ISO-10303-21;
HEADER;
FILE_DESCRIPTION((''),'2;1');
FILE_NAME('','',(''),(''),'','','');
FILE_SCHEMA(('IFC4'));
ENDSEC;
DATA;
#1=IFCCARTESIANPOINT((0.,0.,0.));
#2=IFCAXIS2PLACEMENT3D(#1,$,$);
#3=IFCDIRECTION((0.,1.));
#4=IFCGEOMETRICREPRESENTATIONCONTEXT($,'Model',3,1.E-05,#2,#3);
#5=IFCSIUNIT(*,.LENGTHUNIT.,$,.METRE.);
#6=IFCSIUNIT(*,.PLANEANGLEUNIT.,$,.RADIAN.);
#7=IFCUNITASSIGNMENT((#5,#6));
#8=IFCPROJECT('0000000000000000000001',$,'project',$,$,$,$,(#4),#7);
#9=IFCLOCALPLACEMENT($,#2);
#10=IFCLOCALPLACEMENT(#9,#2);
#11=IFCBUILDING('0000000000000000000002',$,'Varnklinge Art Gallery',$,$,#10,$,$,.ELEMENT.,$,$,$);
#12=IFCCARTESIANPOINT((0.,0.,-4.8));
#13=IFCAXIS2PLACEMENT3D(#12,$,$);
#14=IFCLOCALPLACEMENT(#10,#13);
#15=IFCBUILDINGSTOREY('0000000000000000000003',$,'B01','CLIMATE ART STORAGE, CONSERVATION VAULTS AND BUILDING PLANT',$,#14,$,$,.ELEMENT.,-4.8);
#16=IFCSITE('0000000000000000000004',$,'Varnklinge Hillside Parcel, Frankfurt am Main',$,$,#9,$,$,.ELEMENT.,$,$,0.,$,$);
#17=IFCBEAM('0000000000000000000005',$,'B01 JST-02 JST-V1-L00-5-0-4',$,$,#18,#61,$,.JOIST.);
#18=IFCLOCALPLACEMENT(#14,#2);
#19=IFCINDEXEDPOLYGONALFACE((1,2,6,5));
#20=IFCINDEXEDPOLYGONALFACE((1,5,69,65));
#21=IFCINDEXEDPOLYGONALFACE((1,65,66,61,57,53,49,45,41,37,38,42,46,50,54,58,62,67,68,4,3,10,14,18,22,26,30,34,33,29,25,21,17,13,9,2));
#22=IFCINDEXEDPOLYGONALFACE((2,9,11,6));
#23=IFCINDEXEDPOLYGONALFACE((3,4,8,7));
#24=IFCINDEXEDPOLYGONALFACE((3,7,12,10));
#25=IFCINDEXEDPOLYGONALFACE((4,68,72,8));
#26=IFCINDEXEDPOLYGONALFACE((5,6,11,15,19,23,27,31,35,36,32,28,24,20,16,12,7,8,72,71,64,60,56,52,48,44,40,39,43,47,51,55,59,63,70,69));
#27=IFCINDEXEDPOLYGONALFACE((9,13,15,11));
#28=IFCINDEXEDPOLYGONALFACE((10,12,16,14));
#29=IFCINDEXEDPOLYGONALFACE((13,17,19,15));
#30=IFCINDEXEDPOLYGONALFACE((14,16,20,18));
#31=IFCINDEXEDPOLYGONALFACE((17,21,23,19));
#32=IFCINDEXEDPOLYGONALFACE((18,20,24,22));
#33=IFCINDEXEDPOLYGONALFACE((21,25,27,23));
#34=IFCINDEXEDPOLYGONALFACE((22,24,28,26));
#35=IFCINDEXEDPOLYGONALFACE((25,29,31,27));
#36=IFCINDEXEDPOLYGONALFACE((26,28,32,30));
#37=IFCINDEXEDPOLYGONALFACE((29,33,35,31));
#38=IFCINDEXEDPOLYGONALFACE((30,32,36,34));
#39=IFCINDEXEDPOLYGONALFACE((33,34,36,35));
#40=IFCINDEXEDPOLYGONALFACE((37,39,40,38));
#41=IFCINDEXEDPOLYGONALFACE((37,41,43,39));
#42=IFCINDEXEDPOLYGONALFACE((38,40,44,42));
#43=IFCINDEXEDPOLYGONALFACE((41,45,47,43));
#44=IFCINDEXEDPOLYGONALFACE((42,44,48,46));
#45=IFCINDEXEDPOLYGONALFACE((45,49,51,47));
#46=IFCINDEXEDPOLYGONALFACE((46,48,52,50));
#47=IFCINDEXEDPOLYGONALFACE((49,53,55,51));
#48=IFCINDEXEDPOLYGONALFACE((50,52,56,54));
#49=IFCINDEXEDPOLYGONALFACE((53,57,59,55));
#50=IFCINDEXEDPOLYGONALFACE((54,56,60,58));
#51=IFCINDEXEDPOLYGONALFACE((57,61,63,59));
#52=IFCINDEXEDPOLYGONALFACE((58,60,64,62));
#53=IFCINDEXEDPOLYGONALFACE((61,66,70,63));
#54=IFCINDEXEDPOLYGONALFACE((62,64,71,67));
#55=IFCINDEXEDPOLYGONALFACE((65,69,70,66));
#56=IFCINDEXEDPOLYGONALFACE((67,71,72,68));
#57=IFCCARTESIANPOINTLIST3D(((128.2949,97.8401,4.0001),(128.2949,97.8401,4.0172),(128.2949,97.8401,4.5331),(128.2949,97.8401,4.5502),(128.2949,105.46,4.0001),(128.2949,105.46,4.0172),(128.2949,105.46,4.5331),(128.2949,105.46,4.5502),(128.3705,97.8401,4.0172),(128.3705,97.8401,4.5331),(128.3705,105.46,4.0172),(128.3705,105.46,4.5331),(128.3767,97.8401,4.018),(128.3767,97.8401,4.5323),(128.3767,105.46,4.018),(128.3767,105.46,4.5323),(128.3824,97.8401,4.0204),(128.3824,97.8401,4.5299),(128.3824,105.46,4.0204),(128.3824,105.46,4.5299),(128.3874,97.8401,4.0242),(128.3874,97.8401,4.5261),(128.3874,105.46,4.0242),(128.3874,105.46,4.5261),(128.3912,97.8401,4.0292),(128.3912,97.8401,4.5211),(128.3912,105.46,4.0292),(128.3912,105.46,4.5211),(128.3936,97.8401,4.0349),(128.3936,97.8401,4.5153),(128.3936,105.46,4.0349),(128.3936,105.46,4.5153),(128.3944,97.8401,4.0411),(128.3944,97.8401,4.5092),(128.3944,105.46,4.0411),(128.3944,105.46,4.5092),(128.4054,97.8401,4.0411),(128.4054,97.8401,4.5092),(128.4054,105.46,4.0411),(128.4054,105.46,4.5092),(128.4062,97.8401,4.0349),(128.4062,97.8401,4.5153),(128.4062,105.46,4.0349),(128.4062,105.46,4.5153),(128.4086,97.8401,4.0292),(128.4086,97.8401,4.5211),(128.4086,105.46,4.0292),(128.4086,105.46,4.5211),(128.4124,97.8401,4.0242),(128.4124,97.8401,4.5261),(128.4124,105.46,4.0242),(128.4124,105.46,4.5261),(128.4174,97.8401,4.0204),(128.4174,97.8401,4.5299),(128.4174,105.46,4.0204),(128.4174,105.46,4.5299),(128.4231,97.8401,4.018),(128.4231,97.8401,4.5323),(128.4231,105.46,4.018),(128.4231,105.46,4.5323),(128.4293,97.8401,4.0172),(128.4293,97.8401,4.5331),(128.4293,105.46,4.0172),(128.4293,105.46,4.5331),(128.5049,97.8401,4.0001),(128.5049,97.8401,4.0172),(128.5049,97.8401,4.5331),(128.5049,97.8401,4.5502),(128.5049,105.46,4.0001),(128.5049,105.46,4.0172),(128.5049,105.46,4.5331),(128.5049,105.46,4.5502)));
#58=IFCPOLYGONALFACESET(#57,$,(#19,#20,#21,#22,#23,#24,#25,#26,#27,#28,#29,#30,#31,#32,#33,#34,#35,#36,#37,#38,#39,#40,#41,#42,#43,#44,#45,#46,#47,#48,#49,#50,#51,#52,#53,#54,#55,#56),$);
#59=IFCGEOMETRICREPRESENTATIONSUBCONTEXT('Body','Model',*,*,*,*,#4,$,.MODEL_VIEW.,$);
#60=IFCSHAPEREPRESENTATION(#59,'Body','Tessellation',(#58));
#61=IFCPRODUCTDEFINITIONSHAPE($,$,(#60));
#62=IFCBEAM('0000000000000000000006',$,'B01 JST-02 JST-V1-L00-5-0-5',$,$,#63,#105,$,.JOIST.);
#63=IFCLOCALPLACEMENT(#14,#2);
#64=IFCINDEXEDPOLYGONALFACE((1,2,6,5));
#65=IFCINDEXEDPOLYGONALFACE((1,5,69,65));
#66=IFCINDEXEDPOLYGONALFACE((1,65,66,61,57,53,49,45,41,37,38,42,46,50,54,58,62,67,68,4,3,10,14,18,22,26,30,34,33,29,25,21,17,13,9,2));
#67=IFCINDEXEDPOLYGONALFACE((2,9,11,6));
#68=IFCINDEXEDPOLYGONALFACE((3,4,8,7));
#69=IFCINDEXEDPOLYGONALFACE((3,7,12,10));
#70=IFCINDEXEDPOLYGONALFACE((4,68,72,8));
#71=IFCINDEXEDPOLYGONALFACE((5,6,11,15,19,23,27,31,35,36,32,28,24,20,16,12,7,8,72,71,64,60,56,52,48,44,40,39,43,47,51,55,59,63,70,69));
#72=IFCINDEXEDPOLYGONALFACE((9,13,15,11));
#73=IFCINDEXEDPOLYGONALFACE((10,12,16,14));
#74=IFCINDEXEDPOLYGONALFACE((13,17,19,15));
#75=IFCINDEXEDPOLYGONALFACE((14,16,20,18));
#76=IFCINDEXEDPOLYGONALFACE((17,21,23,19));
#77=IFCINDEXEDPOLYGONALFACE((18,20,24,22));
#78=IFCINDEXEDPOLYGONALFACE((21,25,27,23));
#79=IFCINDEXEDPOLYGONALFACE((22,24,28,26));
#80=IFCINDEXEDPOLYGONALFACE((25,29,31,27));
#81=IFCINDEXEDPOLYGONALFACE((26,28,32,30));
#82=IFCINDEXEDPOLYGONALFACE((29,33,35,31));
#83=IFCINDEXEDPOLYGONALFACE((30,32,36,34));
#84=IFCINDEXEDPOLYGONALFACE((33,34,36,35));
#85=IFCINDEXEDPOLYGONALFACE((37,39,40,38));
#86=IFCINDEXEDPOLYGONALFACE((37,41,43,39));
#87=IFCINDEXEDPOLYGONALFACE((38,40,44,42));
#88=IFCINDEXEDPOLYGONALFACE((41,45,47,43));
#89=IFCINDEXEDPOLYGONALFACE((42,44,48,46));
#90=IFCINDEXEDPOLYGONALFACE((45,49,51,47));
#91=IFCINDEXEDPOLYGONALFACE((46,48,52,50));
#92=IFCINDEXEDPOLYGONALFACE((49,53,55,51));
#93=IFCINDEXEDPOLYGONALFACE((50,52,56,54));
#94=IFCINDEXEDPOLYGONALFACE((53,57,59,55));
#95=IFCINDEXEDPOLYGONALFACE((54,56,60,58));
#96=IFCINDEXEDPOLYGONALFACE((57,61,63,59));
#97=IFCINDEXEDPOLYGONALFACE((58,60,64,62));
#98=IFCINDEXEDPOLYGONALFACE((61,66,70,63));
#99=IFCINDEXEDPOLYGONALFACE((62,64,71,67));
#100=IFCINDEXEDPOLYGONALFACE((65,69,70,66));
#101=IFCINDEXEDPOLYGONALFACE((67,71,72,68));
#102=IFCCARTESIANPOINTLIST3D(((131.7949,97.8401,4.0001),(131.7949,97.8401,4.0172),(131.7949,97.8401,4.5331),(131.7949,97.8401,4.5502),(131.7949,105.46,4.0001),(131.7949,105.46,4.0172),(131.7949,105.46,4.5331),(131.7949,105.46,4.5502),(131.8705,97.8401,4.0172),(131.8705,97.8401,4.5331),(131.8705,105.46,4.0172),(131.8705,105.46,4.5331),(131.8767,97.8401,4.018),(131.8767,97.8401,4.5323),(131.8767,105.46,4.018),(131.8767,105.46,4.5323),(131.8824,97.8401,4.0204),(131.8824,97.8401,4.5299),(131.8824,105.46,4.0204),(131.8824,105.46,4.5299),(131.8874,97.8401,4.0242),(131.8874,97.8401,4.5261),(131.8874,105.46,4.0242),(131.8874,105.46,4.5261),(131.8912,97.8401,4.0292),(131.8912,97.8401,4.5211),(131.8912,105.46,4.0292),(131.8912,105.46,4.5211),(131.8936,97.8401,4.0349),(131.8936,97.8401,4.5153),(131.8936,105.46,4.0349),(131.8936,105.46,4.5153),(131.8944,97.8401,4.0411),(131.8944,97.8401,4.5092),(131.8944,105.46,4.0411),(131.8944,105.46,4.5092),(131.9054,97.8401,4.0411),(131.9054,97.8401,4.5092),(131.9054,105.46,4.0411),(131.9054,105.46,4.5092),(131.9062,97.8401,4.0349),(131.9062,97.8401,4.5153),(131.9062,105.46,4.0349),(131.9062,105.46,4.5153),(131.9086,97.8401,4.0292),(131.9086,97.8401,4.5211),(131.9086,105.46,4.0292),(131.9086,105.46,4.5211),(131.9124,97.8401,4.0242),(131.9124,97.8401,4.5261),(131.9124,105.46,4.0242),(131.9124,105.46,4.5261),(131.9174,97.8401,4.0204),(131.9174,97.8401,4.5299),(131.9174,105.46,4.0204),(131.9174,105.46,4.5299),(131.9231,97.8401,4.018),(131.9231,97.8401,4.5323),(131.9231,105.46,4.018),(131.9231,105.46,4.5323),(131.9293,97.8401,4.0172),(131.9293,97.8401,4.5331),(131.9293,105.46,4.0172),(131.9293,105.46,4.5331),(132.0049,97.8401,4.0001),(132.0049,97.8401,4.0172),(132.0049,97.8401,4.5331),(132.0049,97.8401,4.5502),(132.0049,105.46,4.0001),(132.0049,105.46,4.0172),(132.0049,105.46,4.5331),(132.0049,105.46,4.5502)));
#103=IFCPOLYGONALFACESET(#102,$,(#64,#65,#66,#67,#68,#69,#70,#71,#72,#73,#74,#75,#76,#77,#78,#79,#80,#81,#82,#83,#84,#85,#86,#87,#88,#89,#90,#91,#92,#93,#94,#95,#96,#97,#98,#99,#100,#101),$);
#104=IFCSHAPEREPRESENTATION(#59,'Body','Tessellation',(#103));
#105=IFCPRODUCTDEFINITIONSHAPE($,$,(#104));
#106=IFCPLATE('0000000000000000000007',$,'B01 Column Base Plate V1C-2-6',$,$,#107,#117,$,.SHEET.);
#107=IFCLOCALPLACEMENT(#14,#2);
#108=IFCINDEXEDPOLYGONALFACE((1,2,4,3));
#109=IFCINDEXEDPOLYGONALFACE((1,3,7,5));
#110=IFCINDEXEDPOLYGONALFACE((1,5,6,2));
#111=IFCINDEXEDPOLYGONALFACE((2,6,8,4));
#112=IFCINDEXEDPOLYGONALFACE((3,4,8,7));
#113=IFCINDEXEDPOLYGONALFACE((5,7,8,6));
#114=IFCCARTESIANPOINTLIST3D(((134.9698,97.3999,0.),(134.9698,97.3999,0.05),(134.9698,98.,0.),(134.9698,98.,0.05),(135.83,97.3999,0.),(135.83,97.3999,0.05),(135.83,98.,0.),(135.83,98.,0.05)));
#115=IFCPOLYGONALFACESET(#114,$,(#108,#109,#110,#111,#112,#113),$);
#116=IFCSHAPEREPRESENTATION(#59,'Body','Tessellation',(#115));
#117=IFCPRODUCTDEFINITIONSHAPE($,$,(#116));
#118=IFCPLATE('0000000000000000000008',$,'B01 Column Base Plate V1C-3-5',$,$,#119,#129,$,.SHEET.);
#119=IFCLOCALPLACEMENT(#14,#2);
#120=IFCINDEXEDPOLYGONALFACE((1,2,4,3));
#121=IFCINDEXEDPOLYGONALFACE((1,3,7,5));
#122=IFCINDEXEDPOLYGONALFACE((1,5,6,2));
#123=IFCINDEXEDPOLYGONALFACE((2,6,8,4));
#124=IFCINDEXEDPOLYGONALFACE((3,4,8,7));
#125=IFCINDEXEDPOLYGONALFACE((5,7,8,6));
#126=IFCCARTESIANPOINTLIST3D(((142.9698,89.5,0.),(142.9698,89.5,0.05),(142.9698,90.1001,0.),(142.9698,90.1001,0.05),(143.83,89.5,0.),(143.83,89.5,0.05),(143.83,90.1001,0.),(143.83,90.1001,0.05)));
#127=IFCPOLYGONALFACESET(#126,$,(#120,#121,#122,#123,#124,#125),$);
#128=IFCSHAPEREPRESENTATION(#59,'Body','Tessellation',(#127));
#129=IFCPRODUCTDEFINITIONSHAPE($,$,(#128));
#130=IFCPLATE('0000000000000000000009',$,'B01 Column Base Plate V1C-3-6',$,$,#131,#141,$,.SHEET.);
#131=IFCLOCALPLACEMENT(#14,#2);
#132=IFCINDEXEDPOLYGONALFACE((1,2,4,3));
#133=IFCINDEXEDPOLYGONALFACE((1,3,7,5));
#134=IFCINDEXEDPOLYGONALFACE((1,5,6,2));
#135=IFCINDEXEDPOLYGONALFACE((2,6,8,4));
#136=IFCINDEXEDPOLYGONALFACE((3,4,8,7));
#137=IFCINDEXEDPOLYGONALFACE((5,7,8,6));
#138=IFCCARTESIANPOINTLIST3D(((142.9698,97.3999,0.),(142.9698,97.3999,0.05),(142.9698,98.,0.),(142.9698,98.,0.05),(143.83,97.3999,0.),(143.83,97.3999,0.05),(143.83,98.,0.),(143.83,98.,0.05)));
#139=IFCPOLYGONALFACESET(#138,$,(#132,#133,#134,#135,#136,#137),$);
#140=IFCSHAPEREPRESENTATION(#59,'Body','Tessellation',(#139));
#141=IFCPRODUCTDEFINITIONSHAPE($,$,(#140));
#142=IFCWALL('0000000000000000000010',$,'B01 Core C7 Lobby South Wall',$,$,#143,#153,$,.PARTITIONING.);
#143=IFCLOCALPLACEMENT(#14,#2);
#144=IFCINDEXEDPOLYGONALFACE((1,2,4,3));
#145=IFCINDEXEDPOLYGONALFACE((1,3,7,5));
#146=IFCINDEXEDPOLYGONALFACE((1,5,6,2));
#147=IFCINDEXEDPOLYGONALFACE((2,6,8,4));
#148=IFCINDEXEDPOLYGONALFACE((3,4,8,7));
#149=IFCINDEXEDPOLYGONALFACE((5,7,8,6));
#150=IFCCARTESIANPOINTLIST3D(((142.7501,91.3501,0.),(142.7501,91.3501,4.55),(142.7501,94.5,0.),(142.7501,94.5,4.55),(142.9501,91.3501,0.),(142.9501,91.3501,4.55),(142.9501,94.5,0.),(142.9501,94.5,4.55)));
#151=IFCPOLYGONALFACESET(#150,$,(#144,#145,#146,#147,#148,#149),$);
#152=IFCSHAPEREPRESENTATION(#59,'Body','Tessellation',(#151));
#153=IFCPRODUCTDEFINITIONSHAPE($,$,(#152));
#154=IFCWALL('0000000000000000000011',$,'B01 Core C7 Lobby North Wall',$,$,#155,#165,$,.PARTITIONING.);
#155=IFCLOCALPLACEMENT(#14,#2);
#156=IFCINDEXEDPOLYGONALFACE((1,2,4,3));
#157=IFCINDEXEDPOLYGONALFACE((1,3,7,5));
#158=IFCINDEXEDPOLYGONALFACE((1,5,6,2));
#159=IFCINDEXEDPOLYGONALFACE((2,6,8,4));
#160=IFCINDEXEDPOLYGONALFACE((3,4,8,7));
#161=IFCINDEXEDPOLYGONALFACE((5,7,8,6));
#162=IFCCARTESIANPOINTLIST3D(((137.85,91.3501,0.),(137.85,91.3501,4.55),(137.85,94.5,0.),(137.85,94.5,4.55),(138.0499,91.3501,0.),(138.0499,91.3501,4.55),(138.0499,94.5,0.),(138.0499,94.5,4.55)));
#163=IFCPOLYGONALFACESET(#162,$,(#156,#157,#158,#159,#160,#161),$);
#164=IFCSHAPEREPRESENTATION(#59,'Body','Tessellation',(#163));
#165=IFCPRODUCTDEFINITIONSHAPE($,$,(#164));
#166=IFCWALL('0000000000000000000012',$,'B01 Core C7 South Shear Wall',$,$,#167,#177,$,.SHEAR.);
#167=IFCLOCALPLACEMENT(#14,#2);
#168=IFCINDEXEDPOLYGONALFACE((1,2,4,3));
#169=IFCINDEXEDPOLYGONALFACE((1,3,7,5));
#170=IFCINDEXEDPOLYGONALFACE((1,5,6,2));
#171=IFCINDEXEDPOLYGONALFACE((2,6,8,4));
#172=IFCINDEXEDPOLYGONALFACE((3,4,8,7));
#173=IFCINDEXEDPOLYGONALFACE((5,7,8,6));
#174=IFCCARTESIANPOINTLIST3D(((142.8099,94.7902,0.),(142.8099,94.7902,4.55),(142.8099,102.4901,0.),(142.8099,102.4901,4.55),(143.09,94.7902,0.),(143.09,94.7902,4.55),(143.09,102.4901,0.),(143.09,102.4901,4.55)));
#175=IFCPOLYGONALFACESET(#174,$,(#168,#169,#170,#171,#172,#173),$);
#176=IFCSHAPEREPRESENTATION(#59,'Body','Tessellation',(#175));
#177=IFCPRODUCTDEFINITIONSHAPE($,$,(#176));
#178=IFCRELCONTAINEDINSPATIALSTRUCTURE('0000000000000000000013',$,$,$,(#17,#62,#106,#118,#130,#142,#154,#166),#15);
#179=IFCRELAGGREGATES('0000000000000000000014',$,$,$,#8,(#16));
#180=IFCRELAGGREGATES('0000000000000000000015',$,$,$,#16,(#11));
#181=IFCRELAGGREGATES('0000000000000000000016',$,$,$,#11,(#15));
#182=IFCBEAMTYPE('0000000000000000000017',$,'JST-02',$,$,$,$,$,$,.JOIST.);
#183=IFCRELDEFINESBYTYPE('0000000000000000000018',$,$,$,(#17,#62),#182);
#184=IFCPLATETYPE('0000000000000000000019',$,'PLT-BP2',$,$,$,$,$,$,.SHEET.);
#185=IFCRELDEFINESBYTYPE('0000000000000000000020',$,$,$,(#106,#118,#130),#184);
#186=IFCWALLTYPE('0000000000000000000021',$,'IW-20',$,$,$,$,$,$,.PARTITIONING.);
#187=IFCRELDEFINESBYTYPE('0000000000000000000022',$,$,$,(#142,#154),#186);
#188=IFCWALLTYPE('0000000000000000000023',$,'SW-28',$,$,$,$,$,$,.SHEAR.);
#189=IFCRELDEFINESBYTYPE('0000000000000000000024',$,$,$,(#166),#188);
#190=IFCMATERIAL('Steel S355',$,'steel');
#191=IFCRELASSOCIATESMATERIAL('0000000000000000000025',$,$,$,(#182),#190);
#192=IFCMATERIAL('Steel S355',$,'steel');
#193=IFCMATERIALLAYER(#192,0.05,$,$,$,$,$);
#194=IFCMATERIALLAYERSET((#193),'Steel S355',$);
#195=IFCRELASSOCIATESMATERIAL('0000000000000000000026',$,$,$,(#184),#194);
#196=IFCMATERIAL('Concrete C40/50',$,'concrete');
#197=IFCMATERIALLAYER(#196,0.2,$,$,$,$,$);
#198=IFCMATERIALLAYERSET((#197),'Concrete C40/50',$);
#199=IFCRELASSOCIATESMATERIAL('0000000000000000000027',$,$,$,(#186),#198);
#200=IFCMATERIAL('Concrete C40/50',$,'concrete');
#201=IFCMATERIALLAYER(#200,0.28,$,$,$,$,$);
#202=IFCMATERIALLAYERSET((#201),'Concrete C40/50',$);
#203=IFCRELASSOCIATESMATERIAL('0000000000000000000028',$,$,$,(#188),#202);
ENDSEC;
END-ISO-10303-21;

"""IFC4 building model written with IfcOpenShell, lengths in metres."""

from ifc_helpers import new_model, si_unit, direction, frame, frame_2d, origin, origin_2d, place, context, subcontext, project, spatial, rectangle, i_section, extrude, material, layer, layer_set, material_profile, profile_set, type_object, element, save


model = new_model("IFC4")

# Units and contexts
model_context = context("Model", 3, precision=1e-05, world=origin(), true_north=direction((0.0, 1.0)))
body_context = subcontext(model_context, "Body", "Model", "MODEL_VIEW")
ifc_project = project(units=[si_unit("LENGTHUNIT", "METRE"), si_unit("PLANEANGLEUNIT", "RADIAN")], contexts=[model_context])

# Site, building, storey
site_placement = place(None, origin())
site = spatial("IfcSite", under=ifc_project, at=site_placement, Name="Varnklinge Hillside Parcel, Frankfurt am Main", CompositionType="ELEMENT", RefElevation=0.0)
building_placement = place(site_placement, origin())
building = spatial("IfcBuilding", under=site, at=building_placement, Name="Varnklinge Art Gallery", CompositionType="ELEMENT")
storey_placement = place(building_placement, frame((0.0, 0.0, -4.8)))
storey = spatial("IfcBuildingStorey", under=building, at=storey_placement, Name="B01", Description="CLIMATE ART STORAGE, CONSERVATION VAULTS AND BUILDING PLANT", CompositionType="ELEMENT", Elevation=-4.8)

# Beams
ifc_material_1 = material(Name="Steel S355", Category="steel")
ifc_material_profile_1 = material_profile(ifc_material_1, i_section(OverallWidth=0.21, OverallDepth=0.55, WebThickness=0.011, FlangeThickness=0.0171, FilletRadius=0.0239, at=origin_2d()), Name="IPE 550")
ifc_profile_set_1 = profile_set([ifc_material_profile_1], Name="Steel S355")
beam_type_1 = type_object("IfcBeamType", Name="JST-02", PredefinedType="JOIST", material=ifc_profile_set_1)
for number, where, z_axis, x_axis, name in (
    (1, (128.3999, 97.8401, 4.2751), (0.0, 1.0, 0.0), (-1.0, 0.0, 0.0), "B01 JST-02 JST-V1-L00-5-0-4"),
    (2, (131.8999, 97.8401, 4.2751), (0.0, 1.0, 0.0), (-1.0, 0.0, 0.0), "B01 JST-02 JST-V1-L00-5-0-5"),
):
    element("IfcBeam", number, at=place(storey_placement, frame(where, z_axis=z_axis, x_axis=x_axis)), inside=storey, type_object=beam_type_1, Name=name, PredefinedType="JOIST", context=body_context, shape_type="SweptSolid", body=[
        extrude(i_section(OverallWidth=0.21, OverallDepth=0.55, WebThickness=0.011, FlangeThickness=0.0171, FilletRadius=0.0239, at=origin_2d()), origin(), (0.0, 0.0, 1.0), 7.6199),
    ])

# Plates
ifc_material_2 = material(Name="Steel S355", Category="steel")
ifc_layer_1 = layer(ifc_material_2, 0.05)
ifc_layer_set_1 = layer_set([ifc_layer_1], Name="Steel S355")
plate_type = type_object("IfcPlateType", Name="PLT-BP2", PredefinedType="SHEET", material=ifc_layer_set_1)
for number, where, z_axis, x_axis, name in (
    (3, (135.3999, 97.7, 0.0), (0.0, 0.0, 1.0), (1.0, 0.0, 0.0), "B01 Column Base Plate V1C-2-6"),
    (4, (143.3999, 89.8, 0.0), (0.0, 0.0, 1.0), (1.0, 0.0, 0.0), "B01 Column Base Plate V1C-3-5"),
    (5, (143.3999, 97.7, 0.0), (0.0, 0.0, 1.0), (1.0, 0.0, 0.0), "B01 Column Base Plate V1C-3-6"),
):
    element("IfcPlate", number, at=place(storey_placement, frame(where, z_axis=z_axis, x_axis=x_axis)), inside=storey, type_object=plate_type, Name=name, PredefinedType="SHEET", context=body_context, shape_type="SweptSolid", body=[
        extrude(rectangle(XDim=0.8601, YDim=0.6001, at=origin_2d()), origin(), (0.0, 0.0, 1.0), 0.05),
    ])

# Walls
ifc_material_3 = material(Name="Concrete C40/50", Category="concrete")
ifc_layer_2 = layer(ifc_material_3, 0.2)
ifc_layer_set_2 = layer_set([ifc_layer_2], Name="Concrete C40/50")
wall_type_1 = type_object("IfcWallType", Name="IW-20", PredefinedType="PARTITIONING", material=ifc_layer_set_2)
for number, where, z_axis, x_axis, name in (
    (6, (142.8501, 91.3501, 0.0), (0.0, 0.0, 1.0), (0.0, 1.0, 0.0), "B01 Core C7 Lobby South Wall"),
    (7, (137.95, 94.5, 0.0), (0.0, 0.0, 1.0), (0.0, -1.0, 0.0), "B01 Core C7 Lobby North Wall"),
):
    element("IfcWall", number, at=place(storey_placement, frame(where, z_axis=z_axis, x_axis=x_axis)), inside=storey, type_object=wall_type_1, Name=name, PredefinedType="PARTITIONING", context=body_context, shape_type="SweptSolid", body=[
        extrude(rectangle(XDim=3.1499, YDim=0.2, at=frame_2d((1.575, 0.0))), origin(), (0.0, 0.0, 1.0), 4.55),
    ])

# Wall
ifc_material_4 = material(Name="Concrete C40/50", Category="concrete")
ifc_layer_3 = layer(ifc_material_4, 0.28)
ifc_layer_set_3 = layer_set([ifc_layer_3], Name="Concrete C40/50")
wall_type_2 = type_object("IfcWallType", Name="SW-28", PredefinedType="SHEAR", material=ifc_layer_set_3)
wall_1_placement = place(storey_placement, frame((142.95, 94.79, 0.0), z_axis=(0.0, 0.0, 1.0), x_axis=(0.0, 1.0, 0.0)))
element("IfcWall", 8, at=wall_1_placement, inside=storey, type_object=wall_type_2, Name="B01 Core C7 South Shear Wall", PredefinedType="SHEAR", context=body_context, shape_type="SweptSolid", body=[
    extrude(rectangle(XDim=7.7, YDim=0.28, at=frame_2d((3.8501, 0.0))), origin(), (0.0, 0.0, 1.0), 4.55),
])

save(model, "model.ifc")
